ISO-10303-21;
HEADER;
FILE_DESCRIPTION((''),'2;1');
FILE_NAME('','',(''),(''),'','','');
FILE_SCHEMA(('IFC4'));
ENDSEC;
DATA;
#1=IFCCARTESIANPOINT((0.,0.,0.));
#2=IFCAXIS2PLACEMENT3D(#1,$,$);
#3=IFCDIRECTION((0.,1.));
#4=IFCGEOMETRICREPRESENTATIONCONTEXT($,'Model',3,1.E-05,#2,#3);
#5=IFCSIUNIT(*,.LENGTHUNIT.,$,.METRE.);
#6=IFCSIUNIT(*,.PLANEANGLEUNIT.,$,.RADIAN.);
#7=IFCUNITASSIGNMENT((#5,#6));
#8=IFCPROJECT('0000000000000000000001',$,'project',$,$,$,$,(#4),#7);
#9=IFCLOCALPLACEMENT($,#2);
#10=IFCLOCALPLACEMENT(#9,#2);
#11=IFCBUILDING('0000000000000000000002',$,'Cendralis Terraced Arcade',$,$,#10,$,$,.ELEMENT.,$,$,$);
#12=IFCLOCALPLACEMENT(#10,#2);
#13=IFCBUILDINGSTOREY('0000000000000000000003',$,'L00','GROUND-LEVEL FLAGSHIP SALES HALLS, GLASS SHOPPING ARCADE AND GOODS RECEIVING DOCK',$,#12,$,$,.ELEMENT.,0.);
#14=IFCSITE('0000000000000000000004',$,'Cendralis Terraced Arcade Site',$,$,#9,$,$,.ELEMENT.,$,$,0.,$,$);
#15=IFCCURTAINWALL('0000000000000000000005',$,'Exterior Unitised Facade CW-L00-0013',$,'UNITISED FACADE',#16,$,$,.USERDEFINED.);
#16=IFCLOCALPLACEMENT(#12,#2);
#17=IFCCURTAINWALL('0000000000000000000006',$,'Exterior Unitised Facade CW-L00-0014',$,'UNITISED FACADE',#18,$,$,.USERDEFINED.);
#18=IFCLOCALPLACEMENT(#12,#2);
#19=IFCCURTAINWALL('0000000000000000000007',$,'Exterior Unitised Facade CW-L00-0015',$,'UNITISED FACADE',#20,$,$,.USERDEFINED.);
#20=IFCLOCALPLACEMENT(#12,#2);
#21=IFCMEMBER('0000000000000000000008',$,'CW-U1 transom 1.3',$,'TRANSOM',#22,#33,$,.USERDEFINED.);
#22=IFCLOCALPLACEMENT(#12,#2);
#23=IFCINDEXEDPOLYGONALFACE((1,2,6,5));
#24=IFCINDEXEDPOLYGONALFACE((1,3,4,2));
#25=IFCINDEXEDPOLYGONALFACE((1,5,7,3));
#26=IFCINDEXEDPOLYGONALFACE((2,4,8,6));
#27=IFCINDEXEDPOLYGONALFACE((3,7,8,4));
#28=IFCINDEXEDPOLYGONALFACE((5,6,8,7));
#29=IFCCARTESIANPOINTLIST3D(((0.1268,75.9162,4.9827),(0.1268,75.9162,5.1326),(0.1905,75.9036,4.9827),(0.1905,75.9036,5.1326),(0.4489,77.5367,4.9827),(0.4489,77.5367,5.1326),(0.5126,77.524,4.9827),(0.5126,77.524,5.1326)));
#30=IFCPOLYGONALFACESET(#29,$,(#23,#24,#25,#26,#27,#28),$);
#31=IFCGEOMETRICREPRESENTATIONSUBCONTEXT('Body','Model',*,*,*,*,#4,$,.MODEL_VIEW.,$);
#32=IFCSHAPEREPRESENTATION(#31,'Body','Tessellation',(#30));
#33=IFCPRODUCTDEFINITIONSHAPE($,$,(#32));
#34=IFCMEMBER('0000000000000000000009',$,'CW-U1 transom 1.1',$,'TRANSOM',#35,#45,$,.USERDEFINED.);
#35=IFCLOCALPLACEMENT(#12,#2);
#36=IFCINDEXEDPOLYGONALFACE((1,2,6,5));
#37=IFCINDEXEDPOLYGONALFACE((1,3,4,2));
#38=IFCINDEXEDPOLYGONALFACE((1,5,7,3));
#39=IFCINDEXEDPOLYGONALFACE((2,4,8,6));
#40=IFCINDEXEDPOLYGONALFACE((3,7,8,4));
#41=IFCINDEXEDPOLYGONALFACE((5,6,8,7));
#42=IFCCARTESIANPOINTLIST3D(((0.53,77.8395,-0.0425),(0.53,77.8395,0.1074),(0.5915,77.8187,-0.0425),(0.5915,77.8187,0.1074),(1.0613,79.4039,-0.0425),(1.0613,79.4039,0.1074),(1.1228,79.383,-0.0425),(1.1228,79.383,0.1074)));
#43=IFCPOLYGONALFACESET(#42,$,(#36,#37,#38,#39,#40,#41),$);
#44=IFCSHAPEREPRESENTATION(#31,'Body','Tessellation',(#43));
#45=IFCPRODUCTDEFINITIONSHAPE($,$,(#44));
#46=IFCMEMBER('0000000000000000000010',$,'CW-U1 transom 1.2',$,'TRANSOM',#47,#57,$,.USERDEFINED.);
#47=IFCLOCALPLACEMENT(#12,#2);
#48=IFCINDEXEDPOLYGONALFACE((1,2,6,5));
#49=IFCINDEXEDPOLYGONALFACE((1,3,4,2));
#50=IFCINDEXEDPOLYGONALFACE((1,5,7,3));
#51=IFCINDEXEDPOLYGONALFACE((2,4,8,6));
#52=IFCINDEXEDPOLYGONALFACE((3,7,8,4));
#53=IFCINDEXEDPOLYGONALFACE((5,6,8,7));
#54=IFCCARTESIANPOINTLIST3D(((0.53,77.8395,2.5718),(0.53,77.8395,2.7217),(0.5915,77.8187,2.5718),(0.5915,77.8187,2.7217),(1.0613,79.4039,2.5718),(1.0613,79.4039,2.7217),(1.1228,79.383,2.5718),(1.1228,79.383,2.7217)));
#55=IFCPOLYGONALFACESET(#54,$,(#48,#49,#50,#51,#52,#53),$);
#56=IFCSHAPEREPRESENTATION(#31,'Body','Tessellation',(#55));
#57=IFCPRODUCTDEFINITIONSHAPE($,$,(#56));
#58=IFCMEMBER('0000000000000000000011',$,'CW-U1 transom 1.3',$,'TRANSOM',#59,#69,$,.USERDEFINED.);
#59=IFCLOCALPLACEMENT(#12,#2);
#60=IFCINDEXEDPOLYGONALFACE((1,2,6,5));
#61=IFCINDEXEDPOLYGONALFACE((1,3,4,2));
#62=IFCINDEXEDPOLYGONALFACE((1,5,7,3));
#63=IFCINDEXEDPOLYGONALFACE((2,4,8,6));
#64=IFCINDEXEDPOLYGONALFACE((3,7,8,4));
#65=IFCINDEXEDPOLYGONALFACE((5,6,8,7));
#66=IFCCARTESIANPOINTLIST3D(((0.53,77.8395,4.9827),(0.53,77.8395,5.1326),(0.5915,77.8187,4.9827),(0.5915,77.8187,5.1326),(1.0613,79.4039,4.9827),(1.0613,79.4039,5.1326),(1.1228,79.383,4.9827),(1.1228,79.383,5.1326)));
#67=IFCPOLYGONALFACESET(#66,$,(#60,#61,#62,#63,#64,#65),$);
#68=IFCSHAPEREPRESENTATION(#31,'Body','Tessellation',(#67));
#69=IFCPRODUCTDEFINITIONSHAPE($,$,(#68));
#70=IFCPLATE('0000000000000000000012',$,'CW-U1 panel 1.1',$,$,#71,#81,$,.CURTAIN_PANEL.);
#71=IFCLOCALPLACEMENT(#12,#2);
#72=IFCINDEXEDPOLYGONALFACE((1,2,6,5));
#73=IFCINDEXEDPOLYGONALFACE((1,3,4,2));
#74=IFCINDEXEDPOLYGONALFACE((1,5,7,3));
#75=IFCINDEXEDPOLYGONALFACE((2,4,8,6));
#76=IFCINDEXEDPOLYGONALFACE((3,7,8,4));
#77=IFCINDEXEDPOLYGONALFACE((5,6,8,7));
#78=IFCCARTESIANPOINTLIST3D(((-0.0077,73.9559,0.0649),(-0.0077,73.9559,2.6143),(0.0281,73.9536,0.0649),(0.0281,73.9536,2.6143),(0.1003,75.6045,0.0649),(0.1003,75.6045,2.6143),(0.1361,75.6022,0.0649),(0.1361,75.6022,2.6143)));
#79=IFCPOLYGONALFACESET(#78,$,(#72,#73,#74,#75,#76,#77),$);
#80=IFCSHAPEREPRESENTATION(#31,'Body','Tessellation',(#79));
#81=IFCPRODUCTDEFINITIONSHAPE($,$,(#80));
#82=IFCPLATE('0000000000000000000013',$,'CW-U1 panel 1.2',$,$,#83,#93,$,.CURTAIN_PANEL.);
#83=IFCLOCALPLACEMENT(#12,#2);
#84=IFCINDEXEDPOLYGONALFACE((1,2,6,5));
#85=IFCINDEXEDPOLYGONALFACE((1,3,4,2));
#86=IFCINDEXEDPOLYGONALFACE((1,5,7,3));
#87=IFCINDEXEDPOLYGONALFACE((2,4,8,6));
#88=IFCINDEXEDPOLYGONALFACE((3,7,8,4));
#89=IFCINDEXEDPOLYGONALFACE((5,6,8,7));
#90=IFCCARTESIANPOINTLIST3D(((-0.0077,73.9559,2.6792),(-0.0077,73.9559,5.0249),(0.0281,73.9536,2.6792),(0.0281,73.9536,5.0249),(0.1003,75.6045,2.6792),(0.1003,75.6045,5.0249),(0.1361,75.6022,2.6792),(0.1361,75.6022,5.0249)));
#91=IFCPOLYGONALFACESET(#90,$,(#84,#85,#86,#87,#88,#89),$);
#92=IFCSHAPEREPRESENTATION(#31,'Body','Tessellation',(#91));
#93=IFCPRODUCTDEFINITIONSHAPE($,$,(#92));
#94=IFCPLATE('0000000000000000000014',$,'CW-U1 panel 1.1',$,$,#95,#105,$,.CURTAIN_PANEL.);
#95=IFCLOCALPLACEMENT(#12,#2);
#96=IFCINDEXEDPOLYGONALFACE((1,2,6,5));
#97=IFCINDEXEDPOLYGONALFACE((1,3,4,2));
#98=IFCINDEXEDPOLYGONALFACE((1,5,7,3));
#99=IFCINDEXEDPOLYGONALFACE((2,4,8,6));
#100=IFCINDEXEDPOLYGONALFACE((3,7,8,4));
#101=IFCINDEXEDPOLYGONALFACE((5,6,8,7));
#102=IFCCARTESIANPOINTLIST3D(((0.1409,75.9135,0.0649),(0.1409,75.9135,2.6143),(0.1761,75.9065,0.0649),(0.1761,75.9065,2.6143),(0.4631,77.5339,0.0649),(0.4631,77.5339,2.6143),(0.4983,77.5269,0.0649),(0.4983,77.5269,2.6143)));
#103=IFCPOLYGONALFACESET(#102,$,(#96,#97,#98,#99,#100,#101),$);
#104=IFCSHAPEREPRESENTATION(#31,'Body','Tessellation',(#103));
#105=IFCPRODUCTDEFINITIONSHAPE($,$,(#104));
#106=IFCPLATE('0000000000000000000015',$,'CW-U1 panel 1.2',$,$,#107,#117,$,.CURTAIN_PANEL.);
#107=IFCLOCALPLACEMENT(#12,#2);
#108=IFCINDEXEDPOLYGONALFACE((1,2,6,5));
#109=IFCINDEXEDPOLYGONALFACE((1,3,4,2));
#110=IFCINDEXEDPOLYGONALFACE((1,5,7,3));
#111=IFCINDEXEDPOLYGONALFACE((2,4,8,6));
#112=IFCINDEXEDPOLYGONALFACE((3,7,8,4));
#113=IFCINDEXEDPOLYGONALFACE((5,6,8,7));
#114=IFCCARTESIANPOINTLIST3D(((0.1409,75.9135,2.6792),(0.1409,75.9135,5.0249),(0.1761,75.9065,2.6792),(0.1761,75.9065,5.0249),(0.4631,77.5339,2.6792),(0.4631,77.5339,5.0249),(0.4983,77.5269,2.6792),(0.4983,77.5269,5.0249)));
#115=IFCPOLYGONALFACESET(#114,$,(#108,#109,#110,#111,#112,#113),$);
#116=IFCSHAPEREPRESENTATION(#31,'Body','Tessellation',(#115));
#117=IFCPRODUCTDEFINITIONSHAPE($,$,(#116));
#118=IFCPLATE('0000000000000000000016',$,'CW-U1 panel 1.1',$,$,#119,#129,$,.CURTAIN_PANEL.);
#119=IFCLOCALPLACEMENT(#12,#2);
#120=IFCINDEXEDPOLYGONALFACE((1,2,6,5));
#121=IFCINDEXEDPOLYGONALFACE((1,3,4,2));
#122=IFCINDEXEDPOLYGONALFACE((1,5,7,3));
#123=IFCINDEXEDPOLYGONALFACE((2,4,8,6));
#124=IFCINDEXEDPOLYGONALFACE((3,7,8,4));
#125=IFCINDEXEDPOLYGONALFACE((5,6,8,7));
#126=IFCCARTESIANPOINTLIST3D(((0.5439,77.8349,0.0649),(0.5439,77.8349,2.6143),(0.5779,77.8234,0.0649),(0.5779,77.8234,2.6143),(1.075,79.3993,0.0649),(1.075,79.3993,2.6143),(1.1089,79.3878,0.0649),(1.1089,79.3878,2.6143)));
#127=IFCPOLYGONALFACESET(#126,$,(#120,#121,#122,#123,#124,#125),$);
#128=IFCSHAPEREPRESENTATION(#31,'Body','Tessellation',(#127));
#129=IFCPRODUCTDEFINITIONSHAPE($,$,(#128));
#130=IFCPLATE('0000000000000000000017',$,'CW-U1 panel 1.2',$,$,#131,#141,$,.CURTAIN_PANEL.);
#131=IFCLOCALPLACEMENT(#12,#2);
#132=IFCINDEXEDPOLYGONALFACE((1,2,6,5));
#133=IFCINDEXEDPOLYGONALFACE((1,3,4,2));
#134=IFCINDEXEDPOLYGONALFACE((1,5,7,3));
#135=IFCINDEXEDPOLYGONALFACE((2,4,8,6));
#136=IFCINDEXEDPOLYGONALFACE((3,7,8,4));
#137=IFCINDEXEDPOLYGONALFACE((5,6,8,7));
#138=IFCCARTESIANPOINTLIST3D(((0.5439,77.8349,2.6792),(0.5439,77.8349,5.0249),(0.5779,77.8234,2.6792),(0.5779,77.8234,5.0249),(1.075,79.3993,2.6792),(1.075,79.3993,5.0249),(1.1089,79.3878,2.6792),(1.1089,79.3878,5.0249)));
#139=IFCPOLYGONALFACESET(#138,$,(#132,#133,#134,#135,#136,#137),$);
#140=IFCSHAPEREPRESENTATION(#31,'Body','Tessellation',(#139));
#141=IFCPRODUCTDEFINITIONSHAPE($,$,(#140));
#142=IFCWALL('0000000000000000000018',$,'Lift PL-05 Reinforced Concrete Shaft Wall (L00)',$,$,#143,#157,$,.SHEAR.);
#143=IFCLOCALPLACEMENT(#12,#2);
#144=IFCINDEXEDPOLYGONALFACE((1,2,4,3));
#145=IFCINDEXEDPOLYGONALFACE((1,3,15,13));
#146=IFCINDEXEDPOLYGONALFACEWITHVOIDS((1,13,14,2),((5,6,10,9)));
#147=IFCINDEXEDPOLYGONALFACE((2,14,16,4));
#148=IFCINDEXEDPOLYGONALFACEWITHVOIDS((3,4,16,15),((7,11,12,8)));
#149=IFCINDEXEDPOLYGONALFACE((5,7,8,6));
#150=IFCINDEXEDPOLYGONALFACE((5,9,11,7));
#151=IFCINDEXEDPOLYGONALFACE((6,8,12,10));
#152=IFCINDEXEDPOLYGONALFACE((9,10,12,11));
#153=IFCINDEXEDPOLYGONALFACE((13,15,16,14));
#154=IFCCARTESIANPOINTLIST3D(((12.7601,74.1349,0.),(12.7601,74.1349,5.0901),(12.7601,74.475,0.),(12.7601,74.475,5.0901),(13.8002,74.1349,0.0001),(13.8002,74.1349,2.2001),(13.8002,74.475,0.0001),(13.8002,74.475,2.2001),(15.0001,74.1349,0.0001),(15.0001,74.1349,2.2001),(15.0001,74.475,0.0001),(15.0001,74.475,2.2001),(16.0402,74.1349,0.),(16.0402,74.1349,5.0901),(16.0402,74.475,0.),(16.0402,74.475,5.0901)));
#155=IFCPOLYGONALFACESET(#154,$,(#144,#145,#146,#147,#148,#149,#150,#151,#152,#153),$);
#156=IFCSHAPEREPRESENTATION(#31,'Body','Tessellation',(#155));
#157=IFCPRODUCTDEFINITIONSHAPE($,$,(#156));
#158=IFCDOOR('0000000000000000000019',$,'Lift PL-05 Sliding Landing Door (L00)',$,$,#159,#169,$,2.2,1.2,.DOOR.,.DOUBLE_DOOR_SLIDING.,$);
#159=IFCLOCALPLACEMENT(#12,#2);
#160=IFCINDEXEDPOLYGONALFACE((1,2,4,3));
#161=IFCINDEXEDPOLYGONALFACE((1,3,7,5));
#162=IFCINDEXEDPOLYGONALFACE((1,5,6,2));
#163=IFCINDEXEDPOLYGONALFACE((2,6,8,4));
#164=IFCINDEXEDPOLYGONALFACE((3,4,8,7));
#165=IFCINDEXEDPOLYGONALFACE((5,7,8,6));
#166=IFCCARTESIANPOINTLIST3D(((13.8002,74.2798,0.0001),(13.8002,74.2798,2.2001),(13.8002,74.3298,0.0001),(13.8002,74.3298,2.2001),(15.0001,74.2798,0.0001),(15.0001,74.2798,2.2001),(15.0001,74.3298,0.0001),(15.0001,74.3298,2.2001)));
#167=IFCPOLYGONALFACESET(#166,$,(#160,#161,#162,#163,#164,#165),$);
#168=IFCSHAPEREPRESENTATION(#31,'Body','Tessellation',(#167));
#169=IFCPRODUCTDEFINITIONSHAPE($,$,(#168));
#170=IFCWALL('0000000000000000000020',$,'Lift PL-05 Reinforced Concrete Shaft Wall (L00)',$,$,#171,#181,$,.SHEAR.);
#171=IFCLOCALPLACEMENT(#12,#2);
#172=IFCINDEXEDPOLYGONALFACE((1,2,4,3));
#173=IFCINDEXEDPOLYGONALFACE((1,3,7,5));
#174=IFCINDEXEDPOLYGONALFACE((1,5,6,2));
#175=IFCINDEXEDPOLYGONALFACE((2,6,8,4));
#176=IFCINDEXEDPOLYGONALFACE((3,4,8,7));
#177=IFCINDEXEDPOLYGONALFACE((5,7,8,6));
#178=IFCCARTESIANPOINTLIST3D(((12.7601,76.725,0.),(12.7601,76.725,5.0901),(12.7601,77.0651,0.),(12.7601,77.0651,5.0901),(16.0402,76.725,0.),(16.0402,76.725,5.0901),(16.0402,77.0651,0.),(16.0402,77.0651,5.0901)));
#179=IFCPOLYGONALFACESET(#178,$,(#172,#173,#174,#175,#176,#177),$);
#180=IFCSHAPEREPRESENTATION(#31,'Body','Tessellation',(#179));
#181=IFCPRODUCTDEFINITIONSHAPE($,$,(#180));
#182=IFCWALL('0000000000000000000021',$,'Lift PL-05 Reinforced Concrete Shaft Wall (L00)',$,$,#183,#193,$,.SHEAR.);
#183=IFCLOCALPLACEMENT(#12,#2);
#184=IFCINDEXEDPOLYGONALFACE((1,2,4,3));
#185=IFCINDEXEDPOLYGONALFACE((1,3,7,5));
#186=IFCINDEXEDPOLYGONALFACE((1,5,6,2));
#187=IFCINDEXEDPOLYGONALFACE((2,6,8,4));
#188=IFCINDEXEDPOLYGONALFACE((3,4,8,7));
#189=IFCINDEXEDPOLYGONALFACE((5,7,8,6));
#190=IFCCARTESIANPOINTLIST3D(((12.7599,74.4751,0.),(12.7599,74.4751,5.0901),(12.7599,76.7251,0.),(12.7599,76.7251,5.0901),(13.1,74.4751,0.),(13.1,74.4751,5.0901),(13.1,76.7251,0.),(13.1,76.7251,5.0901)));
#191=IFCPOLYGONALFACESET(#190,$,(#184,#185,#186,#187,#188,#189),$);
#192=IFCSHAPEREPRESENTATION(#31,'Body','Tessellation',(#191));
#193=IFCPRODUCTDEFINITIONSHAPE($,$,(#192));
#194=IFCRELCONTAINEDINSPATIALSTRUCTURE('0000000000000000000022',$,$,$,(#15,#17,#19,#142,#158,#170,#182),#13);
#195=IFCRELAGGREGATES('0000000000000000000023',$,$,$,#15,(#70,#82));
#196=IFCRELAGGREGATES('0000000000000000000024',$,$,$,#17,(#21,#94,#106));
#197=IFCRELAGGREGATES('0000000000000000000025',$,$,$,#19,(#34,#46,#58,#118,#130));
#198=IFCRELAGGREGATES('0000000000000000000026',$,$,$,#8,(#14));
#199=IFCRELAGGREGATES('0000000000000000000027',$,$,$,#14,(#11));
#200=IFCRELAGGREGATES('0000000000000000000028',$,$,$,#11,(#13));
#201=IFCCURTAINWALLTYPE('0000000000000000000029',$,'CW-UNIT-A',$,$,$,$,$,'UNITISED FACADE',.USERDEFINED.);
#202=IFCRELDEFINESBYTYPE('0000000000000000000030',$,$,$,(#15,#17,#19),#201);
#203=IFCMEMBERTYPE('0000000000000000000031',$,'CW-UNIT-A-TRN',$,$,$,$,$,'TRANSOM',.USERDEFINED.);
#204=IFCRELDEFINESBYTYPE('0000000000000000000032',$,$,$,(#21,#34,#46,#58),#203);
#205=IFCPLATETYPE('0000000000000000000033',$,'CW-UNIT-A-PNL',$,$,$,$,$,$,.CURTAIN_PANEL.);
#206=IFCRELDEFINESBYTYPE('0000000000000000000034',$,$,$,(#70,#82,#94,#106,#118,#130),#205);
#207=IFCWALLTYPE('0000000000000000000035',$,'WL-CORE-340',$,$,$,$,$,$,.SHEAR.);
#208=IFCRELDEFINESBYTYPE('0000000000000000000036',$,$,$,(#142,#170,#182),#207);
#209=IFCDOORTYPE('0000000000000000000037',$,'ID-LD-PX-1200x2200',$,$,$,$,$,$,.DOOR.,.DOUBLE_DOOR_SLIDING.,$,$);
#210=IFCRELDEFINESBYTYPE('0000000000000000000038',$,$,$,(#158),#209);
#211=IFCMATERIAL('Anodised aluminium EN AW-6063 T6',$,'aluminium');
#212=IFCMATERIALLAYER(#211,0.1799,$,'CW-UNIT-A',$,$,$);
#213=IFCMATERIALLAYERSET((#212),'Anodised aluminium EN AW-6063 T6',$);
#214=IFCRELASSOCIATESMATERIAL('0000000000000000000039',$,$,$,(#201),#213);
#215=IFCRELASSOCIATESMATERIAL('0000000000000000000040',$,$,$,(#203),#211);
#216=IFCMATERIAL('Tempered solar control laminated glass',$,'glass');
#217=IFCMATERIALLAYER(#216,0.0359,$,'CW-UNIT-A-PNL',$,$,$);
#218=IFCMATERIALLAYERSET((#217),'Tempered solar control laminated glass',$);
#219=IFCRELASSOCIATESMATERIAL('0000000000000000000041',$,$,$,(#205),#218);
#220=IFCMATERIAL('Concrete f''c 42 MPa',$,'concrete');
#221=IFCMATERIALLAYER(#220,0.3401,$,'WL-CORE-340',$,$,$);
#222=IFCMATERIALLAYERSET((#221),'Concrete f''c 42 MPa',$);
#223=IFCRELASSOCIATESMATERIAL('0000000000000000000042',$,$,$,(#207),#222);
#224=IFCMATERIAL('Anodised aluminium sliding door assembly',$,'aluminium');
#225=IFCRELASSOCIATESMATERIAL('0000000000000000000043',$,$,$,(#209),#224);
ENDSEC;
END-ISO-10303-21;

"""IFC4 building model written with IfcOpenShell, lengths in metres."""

from ifc_helpers import new_model, si_unit, direction, frame, frame_2d, origin, origin_2d, place, context, subcontext, project, spatial, rectangle, extrude, material, layer, layer_set, material_profile, profile_set, type_object, element, fill, aggregate, save


model = new_model("IFC4")

# Units and contexts
model_context = context("Model", 3, precision=1e-05, world=origin(), true_north=direction((0.0, 1.0)))
body_context = subcontext(model_context, "Body", "Model", "MODEL_VIEW")
ifc_project = project(units=[si_unit("LENGTHUNIT", "METRE"), si_unit("PLANEANGLEUNIT", "RADIAN")], contexts=[model_context])

# Site, building, storey
site_placement = place(None, origin())
site = spatial("IfcSite", under=ifc_project, at=site_placement, Name="Cendralis Terraced Arcade Site", CompositionType="ELEMENT", RefElevation=0.0)
building_placement = place(site_placement, origin())
building = spatial("IfcBuilding", under=site, at=building_placement, Name="Cendralis Terraced Arcade", CompositionType="ELEMENT")
storey_placement = place(building_placement, origin())
storey = spatial("IfcBuildingStorey", under=building, at=storey_placement, Name="L00", Description="GROUND-LEVEL FLAGSHIP SALES HALLS, GLASS SHOPPING ARCADE AND GOODS RECEIVING DOCK", CompositionType="ELEMENT", Elevation=0.0)

# Curtain wall
ifc_material_1 = material(Name="Anodised aluminium EN AW-6063 T6", Category="aluminium")
ifc_layer_1 = layer(ifc_material_1, 0.1799, Name="CW-UNIT-A")
ifc_layer_set_1 = layer_set([ifc_layer_1], Name="Anodised aluminium EN AW-6063 T6")
curtain_wall_type = type_object("IfcCurtainWallType", Name="CW-UNIT-A", ElementType="UNITISED FACADE", PredefinedType="USERDEFINED", material=ifc_layer_set_1)
curtain_wall_1_placement = place(storey_placement, origin())
curtain_wall_1 = element("IfcCurtainWall", 1, at=curtain_wall_1_placement, inside=storey, type_object=curtain_wall_type, Name="Exterior Unitised Facade CW-L00-0013", ObjectType="UNITISED FACADE", PredefinedType="USERDEFINED")

# Curtain wall
curtain_wall_2_placement = place(storey_placement, origin())
curtain_wall_2 = element("IfcCurtainWall", 2, at=curtain_wall_2_placement, inside=storey, type_object=curtain_wall_type, Name="Exterior Unitised Facade CW-L00-0014", ObjectType="UNITISED FACADE", PredefinedType="USERDEFINED")

# Curtain wall
curtain_wall_3_placement = place(storey_placement, origin())
curtain_wall_3 = element("IfcCurtainWall", 3, at=curtain_wall_3_placement, inside=storey, type_object=curtain_wall_type, Name="Exterior Unitised Facade CW-L00-0015", ObjectType="UNITISED FACADE", PredefinedType="USERDEFINED")

# Members
ifc_material_profile_1 = material_profile(ifc_material_1, rectangle(XDim=0.0649, YDim=0.1499, at=origin_2d()), Name="ALU-TRN-65x150")
ifc_profile_set_1 = profile_set([ifc_material_profile_1], Name="Anodised aluminium EN AW-6063 T6")
member_type_1 = type_object("IfcMemberType", Name="CW-UNIT-A-TRN", ElementType="TRANSOM", PredefinedType="USERDEFINED", material=ifc_profile_set_1)
member_1_placement = place(storey_placement, frame((0.1587, 75.9099, 5.0576), z_axis=(0.194922, 0.980819, 0.0), x_axis=(-0.980819, 0.194922, 0.0)))
member_1 = element("IfcMember", 4, at=member_1_placement, type_object=member_type_1, Name="CW-U1 transom 1.3", ObjectType="TRANSOM", PredefinedType="USERDEFINED", context=body_context, shape_type="SweptSolid", body=[
    extrude(rectangle(XDim=0.0649, YDim=0.1499, at=origin_2d()), origin(), (0.0, 0.0, 1.0), 1.6521),
])
member_2_placement = place(storey_placement, frame((0.5608, 77.8291, 0.0325), z_axis=(0.321542, 0.946895, 0.0), x_axis=(-0.946895, 0.321542, 0.0)))
member_2 = element("IfcMember", 5, at=member_2_placement, type_object=member_type_1, Name="CW-U1 transom 1.1", ObjectType="TRANSOM", PredefinedType="USERDEFINED", context=body_context, shape_type="SweptSolid", body=[
    extrude(rectangle(XDim=0.0649, YDim=0.1499, at=origin_2d()), origin(), (0.0, 0.0, 1.0), 1.6521),
])
member_3_placement = place(storey_placement, frame((0.5608, 77.8291, 2.6467), z_axis=(0.321542, 0.946895, 0.0), x_axis=(-0.946895, 0.321542, 0.0)))
member_3 = element("IfcMember", 6, at=member_3_placement, type_object=member_type_1, Name="CW-U1 transom 1.2", ObjectType="TRANSOM", PredefinedType="USERDEFINED", context=body_context, shape_type="SweptSolid", body=[
    extrude(rectangle(XDim=0.0649, YDim=0.1499, at=origin_2d()), origin(), (0.0, 0.0, 1.0), 1.6521),
])
member_4_placement = place(storey_placement, frame((0.5608, 77.8291, 5.0576), z_axis=(0.321542, 0.946895, 0.0), x_axis=(-0.946895, 0.321542, 0.0)))
member_4 = element("IfcMember", 7, at=member_4_placement, type_object=member_type_1, Name="CW-U1 transom 1.3", ObjectType="TRANSOM", PredefinedType="USERDEFINED", context=body_context, shape_type="SweptSolid", body=[
    extrude(rectangle(XDim=0.0649, YDim=0.1499, at=origin_2d()), origin(), (0.0, 0.0, 1.0), 1.6521),
])

# Plates
ifc_material_2 = material(Name="Tempered solar control laminated glass", Category="glass")
ifc_layer_2 = layer(ifc_material_2, 0.0359, Name="CW-UNIT-A-PNL")
ifc_layer_set_2 = layer_set([ifc_layer_2], Name="Tempered solar control laminated glass")
plate_type = type_object("IfcPlateType", Name="CW-UNIT-A-PNL", PredefinedType="CURTAIN_PANEL", material=ifc_layer_set_2)
plate_1_placement = place(storey_placement, frame((0.0642, 74.7791, 0.0649), z_axis=(0.0, 0.0, 1.0), x_axis=(0.065372, 0.997861, 0.0)))
plate_1 = element("IfcPlate", 8, at=plate_1_placement, type_object=plate_type, Name="CW-U1 panel 1.1", PredefinedType="CURTAIN_PANEL", context=body_context, shape_type="SweptSolid", body=[
    extrude(rectangle(XDim=1.6521, YDim=0.0359, at=origin_2d()), origin(), (0.0, 0.0, 1.0), 2.5493),
])
plate_2_placement = place(storey_placement, frame((0.0642, 74.7791, 2.6792), z_axis=(0.0, 0.0, 1.0), x_axis=(0.065372, 0.997861, 0.0)))
plate_2 = element("IfcPlate", 9, at=plate_2_placement, type_object=plate_type, Name="CW-U1 panel 1.2", PredefinedType="CURTAIN_PANEL", context=body_context, shape_type="SweptSolid", body=[
    extrude(rectangle(XDim=1.6521, YDim=0.0359, at=origin_2d()), origin(), (0.0, 0.0, 1.0), 2.3457),
])
aggregate(curtain_wall_1, [plate_1, plate_2])
plate_3_placement = place(storey_placement, frame((0.3196, 76.7202, 0.0649), z_axis=(0.0, 0.0, 1.0), x_axis=(0.195058, 0.980792, 0.0)))
plate_3 = element("IfcPlate", 10, at=plate_3_placement, type_object=plate_type, Name="CW-U1 panel 1.1", PredefinedType="CURTAIN_PANEL", context=body_context, shape_type="SweptSolid", body=[
    extrude(rectangle(XDim=1.6521, YDim=0.0359, at=origin_2d()), origin(), (0.0, 0.0, 1.0), 2.5493),
])
plate_4_placement = place(storey_placement, frame((0.3196, 76.7202, 2.6792), z_axis=(0.0, 0.0, 1.0), x_axis=(0.195058, 0.980792, 0.0)))
plate_4 = element("IfcPlate", 11, at=plate_4_placement, type_object=plate_type, Name="CW-U1 panel 1.2", PredefinedType="CURTAIN_PANEL", context=body_context, shape_type="SweptSolid", body=[
    extrude(rectangle(XDim=1.6521, YDim=0.0359, at=origin_2d()), origin(), (0.0, 0.0, 1.0), 2.3457),
])
aggregate(curtain_wall_2, [member_1, plate_3, plate_4])
plate_5_placement = place(storey_placement, frame((0.8264, 78.6113, 0.0649), z_axis=(0.0, 0.0, 1.0), x_axis=(0.321458, 0.946924, 0.0)))
plate_5 = element("IfcPlate", 12, at=plate_5_placement, type_object=plate_type, Name="CW-U1 panel 1.1", PredefinedType="CURTAIN_PANEL", context=body_context, shape_type="SweptSolid", body=[
    extrude(rectangle(XDim=1.6521, YDim=0.0359, at=origin_2d()), origin(), (0.0, 0.0, 1.0), 2.5493),
])
plate_6_placement = place(storey_placement, frame((0.8264, 78.6113, 2.6792), z_axis=(0.0, 0.0, 1.0), x_axis=(0.321458, 0.946924, 0.0)))
plate_6 = element("IfcPlate", 13, at=plate_6_placement, type_object=plate_type, Name="CW-U1 panel 1.2", PredefinedType="CURTAIN_PANEL", context=body_context, shape_type="SweptSolid", body=[
    extrude(rectangle(XDim=1.6521, YDim=0.0359, at=origin_2d()), origin(), (0.0, 0.0, 1.0), 2.3457),
])
aggregate(curtain_wall_3, [member_2, member_3, member_4, plate_5, plate_6])

# Wall, opening, door
ifc_material_3 = material(Name="Concrete f'c 42 MPa", Category="concrete")
ifc_layer_3 = layer(ifc_material_3, 0.3401, Name="WL-CORE-340")
ifc_layer_set_3 = layer_set([ifc_layer_3], Name="Concrete f'c 42 MPa")
wall_type_1 = type_object("IfcWallType", Name="WL-CORE-340", PredefinedType="SHEAR", material=ifc_layer_set_3)
wall_1_placement = place(storey_placement, frame((12.76, 74.3049, 0.0), z_axis=(0.0, 0.0, 1.0), x_axis=(1.0, 0.0, 0.0)))
wall_1 = element("IfcWall", 14, at=wall_1_placement, inside=storey, type_object=wall_type_1, Name="Lift PL-05 Reinforced Concrete Shaft Wall (L00)", PredefinedType="SHEAR", context=body_context, shape_type="SweptSolid", body=[
    extrude(rectangle(XDim=3.28, YDim=0.3401, at=frame_2d((1.6401, 0.0))), origin(), (0.0, 0.0, 1.0), 5.0901),
])
opening_1_placement = place(wall_1_placement, frame((1.04, 0.0, 0.0)))
opening_1 = element("IfcOpeningElement", 15, at=opening_1_placement, cuts=wall_1, PredefinedType="OPENING", context=body_context, shape_type="SweptSolid", body=[
    extrude(rectangle(XDim=1.2, YDim=2.2, at=frame_2d((0.6001, 1.1001))), frame((0.0, 0.1821, 0.0), z_axis=(0.0, -1.0, 0.0), x_axis=(1.0, 0.0, 0.0)), (0.0, 0.0, 1.0), 0.364),
])
ifc_material_4 = material(Name="Anodised aluminium sliding door assembly", Category="aluminium")
door_type_1 = type_object("IfcDoorType", Name="ID-LD-PX-1200x2200", OperationType="DOUBLE_DOOR_SLIDING", PredefinedType="DOOR", material=ifc_material_4)
door_1_placement = place(opening_1_placement, origin())
door_1 = element("IfcDoor", 16, at=door_1_placement, inside=storey, type_object=door_type_1, Name="Lift PL-05 Sliding Landing Door (L00)", OperationType="DOUBLE_DOOR_SLIDING", OverallHeight=2.2, OverallWidth=1.2, PredefinedType="DOOR", context=body_context, shape_type="SweptSolid", body=[
    extrude(rectangle(XDim=1.2, YDim=2.2, at=frame_2d((0.6001, 1.1001))), frame((0.0, 0.0249, 0.0), z_axis=(0.0, -1.0, 0.0), x_axis=(1.0, 0.0, 0.0)), (0.0, 0.0, 1.0), 0.05),
])
fill(opening_1, door_1)

# Walls
wall_2_placement = place(storey_placement, frame((12.76, 76.895, 0.0), z_axis=(0.0, 0.0, 1.0), x_axis=(1.0, 0.0, 0.0)))
element("IfcWall", 17, at=wall_2_placement, inside=storey, type_object=wall_type_1, Name="Lift PL-05 Reinforced Concrete Shaft Wall (L00)", PredefinedType="SHEAR", context=body_context, shape_type="SweptSolid", body=[
    extrude(rectangle(XDim=3.28, YDim=0.3401, at=frame_2d((1.6401, 0.0))), origin(), (0.0, 0.0, 1.0), 5.0901),
])
wall_3_placement = place(storey_placement, frame((12.9299, 74.4751, 0.0), z_axis=(0.0, 0.0, 1.0), x_axis=(0.0, 1.0, 0.0)))
element("IfcWall", 18, at=wall_3_placement, inside=storey, type_object=wall_type_1, Name="Lift PL-05 Reinforced Concrete Shaft Wall (L00)", PredefinedType="SHEAR", context=body_context, shape_type="SweptSolid", body=[
    extrude(rectangle(XDim=2.25, YDim=0.3401, at=frame_2d((1.125, 0.0))), origin(), (0.0, 0.0, 1.0), 5.0901),
])

save(model, "model.ifc")
